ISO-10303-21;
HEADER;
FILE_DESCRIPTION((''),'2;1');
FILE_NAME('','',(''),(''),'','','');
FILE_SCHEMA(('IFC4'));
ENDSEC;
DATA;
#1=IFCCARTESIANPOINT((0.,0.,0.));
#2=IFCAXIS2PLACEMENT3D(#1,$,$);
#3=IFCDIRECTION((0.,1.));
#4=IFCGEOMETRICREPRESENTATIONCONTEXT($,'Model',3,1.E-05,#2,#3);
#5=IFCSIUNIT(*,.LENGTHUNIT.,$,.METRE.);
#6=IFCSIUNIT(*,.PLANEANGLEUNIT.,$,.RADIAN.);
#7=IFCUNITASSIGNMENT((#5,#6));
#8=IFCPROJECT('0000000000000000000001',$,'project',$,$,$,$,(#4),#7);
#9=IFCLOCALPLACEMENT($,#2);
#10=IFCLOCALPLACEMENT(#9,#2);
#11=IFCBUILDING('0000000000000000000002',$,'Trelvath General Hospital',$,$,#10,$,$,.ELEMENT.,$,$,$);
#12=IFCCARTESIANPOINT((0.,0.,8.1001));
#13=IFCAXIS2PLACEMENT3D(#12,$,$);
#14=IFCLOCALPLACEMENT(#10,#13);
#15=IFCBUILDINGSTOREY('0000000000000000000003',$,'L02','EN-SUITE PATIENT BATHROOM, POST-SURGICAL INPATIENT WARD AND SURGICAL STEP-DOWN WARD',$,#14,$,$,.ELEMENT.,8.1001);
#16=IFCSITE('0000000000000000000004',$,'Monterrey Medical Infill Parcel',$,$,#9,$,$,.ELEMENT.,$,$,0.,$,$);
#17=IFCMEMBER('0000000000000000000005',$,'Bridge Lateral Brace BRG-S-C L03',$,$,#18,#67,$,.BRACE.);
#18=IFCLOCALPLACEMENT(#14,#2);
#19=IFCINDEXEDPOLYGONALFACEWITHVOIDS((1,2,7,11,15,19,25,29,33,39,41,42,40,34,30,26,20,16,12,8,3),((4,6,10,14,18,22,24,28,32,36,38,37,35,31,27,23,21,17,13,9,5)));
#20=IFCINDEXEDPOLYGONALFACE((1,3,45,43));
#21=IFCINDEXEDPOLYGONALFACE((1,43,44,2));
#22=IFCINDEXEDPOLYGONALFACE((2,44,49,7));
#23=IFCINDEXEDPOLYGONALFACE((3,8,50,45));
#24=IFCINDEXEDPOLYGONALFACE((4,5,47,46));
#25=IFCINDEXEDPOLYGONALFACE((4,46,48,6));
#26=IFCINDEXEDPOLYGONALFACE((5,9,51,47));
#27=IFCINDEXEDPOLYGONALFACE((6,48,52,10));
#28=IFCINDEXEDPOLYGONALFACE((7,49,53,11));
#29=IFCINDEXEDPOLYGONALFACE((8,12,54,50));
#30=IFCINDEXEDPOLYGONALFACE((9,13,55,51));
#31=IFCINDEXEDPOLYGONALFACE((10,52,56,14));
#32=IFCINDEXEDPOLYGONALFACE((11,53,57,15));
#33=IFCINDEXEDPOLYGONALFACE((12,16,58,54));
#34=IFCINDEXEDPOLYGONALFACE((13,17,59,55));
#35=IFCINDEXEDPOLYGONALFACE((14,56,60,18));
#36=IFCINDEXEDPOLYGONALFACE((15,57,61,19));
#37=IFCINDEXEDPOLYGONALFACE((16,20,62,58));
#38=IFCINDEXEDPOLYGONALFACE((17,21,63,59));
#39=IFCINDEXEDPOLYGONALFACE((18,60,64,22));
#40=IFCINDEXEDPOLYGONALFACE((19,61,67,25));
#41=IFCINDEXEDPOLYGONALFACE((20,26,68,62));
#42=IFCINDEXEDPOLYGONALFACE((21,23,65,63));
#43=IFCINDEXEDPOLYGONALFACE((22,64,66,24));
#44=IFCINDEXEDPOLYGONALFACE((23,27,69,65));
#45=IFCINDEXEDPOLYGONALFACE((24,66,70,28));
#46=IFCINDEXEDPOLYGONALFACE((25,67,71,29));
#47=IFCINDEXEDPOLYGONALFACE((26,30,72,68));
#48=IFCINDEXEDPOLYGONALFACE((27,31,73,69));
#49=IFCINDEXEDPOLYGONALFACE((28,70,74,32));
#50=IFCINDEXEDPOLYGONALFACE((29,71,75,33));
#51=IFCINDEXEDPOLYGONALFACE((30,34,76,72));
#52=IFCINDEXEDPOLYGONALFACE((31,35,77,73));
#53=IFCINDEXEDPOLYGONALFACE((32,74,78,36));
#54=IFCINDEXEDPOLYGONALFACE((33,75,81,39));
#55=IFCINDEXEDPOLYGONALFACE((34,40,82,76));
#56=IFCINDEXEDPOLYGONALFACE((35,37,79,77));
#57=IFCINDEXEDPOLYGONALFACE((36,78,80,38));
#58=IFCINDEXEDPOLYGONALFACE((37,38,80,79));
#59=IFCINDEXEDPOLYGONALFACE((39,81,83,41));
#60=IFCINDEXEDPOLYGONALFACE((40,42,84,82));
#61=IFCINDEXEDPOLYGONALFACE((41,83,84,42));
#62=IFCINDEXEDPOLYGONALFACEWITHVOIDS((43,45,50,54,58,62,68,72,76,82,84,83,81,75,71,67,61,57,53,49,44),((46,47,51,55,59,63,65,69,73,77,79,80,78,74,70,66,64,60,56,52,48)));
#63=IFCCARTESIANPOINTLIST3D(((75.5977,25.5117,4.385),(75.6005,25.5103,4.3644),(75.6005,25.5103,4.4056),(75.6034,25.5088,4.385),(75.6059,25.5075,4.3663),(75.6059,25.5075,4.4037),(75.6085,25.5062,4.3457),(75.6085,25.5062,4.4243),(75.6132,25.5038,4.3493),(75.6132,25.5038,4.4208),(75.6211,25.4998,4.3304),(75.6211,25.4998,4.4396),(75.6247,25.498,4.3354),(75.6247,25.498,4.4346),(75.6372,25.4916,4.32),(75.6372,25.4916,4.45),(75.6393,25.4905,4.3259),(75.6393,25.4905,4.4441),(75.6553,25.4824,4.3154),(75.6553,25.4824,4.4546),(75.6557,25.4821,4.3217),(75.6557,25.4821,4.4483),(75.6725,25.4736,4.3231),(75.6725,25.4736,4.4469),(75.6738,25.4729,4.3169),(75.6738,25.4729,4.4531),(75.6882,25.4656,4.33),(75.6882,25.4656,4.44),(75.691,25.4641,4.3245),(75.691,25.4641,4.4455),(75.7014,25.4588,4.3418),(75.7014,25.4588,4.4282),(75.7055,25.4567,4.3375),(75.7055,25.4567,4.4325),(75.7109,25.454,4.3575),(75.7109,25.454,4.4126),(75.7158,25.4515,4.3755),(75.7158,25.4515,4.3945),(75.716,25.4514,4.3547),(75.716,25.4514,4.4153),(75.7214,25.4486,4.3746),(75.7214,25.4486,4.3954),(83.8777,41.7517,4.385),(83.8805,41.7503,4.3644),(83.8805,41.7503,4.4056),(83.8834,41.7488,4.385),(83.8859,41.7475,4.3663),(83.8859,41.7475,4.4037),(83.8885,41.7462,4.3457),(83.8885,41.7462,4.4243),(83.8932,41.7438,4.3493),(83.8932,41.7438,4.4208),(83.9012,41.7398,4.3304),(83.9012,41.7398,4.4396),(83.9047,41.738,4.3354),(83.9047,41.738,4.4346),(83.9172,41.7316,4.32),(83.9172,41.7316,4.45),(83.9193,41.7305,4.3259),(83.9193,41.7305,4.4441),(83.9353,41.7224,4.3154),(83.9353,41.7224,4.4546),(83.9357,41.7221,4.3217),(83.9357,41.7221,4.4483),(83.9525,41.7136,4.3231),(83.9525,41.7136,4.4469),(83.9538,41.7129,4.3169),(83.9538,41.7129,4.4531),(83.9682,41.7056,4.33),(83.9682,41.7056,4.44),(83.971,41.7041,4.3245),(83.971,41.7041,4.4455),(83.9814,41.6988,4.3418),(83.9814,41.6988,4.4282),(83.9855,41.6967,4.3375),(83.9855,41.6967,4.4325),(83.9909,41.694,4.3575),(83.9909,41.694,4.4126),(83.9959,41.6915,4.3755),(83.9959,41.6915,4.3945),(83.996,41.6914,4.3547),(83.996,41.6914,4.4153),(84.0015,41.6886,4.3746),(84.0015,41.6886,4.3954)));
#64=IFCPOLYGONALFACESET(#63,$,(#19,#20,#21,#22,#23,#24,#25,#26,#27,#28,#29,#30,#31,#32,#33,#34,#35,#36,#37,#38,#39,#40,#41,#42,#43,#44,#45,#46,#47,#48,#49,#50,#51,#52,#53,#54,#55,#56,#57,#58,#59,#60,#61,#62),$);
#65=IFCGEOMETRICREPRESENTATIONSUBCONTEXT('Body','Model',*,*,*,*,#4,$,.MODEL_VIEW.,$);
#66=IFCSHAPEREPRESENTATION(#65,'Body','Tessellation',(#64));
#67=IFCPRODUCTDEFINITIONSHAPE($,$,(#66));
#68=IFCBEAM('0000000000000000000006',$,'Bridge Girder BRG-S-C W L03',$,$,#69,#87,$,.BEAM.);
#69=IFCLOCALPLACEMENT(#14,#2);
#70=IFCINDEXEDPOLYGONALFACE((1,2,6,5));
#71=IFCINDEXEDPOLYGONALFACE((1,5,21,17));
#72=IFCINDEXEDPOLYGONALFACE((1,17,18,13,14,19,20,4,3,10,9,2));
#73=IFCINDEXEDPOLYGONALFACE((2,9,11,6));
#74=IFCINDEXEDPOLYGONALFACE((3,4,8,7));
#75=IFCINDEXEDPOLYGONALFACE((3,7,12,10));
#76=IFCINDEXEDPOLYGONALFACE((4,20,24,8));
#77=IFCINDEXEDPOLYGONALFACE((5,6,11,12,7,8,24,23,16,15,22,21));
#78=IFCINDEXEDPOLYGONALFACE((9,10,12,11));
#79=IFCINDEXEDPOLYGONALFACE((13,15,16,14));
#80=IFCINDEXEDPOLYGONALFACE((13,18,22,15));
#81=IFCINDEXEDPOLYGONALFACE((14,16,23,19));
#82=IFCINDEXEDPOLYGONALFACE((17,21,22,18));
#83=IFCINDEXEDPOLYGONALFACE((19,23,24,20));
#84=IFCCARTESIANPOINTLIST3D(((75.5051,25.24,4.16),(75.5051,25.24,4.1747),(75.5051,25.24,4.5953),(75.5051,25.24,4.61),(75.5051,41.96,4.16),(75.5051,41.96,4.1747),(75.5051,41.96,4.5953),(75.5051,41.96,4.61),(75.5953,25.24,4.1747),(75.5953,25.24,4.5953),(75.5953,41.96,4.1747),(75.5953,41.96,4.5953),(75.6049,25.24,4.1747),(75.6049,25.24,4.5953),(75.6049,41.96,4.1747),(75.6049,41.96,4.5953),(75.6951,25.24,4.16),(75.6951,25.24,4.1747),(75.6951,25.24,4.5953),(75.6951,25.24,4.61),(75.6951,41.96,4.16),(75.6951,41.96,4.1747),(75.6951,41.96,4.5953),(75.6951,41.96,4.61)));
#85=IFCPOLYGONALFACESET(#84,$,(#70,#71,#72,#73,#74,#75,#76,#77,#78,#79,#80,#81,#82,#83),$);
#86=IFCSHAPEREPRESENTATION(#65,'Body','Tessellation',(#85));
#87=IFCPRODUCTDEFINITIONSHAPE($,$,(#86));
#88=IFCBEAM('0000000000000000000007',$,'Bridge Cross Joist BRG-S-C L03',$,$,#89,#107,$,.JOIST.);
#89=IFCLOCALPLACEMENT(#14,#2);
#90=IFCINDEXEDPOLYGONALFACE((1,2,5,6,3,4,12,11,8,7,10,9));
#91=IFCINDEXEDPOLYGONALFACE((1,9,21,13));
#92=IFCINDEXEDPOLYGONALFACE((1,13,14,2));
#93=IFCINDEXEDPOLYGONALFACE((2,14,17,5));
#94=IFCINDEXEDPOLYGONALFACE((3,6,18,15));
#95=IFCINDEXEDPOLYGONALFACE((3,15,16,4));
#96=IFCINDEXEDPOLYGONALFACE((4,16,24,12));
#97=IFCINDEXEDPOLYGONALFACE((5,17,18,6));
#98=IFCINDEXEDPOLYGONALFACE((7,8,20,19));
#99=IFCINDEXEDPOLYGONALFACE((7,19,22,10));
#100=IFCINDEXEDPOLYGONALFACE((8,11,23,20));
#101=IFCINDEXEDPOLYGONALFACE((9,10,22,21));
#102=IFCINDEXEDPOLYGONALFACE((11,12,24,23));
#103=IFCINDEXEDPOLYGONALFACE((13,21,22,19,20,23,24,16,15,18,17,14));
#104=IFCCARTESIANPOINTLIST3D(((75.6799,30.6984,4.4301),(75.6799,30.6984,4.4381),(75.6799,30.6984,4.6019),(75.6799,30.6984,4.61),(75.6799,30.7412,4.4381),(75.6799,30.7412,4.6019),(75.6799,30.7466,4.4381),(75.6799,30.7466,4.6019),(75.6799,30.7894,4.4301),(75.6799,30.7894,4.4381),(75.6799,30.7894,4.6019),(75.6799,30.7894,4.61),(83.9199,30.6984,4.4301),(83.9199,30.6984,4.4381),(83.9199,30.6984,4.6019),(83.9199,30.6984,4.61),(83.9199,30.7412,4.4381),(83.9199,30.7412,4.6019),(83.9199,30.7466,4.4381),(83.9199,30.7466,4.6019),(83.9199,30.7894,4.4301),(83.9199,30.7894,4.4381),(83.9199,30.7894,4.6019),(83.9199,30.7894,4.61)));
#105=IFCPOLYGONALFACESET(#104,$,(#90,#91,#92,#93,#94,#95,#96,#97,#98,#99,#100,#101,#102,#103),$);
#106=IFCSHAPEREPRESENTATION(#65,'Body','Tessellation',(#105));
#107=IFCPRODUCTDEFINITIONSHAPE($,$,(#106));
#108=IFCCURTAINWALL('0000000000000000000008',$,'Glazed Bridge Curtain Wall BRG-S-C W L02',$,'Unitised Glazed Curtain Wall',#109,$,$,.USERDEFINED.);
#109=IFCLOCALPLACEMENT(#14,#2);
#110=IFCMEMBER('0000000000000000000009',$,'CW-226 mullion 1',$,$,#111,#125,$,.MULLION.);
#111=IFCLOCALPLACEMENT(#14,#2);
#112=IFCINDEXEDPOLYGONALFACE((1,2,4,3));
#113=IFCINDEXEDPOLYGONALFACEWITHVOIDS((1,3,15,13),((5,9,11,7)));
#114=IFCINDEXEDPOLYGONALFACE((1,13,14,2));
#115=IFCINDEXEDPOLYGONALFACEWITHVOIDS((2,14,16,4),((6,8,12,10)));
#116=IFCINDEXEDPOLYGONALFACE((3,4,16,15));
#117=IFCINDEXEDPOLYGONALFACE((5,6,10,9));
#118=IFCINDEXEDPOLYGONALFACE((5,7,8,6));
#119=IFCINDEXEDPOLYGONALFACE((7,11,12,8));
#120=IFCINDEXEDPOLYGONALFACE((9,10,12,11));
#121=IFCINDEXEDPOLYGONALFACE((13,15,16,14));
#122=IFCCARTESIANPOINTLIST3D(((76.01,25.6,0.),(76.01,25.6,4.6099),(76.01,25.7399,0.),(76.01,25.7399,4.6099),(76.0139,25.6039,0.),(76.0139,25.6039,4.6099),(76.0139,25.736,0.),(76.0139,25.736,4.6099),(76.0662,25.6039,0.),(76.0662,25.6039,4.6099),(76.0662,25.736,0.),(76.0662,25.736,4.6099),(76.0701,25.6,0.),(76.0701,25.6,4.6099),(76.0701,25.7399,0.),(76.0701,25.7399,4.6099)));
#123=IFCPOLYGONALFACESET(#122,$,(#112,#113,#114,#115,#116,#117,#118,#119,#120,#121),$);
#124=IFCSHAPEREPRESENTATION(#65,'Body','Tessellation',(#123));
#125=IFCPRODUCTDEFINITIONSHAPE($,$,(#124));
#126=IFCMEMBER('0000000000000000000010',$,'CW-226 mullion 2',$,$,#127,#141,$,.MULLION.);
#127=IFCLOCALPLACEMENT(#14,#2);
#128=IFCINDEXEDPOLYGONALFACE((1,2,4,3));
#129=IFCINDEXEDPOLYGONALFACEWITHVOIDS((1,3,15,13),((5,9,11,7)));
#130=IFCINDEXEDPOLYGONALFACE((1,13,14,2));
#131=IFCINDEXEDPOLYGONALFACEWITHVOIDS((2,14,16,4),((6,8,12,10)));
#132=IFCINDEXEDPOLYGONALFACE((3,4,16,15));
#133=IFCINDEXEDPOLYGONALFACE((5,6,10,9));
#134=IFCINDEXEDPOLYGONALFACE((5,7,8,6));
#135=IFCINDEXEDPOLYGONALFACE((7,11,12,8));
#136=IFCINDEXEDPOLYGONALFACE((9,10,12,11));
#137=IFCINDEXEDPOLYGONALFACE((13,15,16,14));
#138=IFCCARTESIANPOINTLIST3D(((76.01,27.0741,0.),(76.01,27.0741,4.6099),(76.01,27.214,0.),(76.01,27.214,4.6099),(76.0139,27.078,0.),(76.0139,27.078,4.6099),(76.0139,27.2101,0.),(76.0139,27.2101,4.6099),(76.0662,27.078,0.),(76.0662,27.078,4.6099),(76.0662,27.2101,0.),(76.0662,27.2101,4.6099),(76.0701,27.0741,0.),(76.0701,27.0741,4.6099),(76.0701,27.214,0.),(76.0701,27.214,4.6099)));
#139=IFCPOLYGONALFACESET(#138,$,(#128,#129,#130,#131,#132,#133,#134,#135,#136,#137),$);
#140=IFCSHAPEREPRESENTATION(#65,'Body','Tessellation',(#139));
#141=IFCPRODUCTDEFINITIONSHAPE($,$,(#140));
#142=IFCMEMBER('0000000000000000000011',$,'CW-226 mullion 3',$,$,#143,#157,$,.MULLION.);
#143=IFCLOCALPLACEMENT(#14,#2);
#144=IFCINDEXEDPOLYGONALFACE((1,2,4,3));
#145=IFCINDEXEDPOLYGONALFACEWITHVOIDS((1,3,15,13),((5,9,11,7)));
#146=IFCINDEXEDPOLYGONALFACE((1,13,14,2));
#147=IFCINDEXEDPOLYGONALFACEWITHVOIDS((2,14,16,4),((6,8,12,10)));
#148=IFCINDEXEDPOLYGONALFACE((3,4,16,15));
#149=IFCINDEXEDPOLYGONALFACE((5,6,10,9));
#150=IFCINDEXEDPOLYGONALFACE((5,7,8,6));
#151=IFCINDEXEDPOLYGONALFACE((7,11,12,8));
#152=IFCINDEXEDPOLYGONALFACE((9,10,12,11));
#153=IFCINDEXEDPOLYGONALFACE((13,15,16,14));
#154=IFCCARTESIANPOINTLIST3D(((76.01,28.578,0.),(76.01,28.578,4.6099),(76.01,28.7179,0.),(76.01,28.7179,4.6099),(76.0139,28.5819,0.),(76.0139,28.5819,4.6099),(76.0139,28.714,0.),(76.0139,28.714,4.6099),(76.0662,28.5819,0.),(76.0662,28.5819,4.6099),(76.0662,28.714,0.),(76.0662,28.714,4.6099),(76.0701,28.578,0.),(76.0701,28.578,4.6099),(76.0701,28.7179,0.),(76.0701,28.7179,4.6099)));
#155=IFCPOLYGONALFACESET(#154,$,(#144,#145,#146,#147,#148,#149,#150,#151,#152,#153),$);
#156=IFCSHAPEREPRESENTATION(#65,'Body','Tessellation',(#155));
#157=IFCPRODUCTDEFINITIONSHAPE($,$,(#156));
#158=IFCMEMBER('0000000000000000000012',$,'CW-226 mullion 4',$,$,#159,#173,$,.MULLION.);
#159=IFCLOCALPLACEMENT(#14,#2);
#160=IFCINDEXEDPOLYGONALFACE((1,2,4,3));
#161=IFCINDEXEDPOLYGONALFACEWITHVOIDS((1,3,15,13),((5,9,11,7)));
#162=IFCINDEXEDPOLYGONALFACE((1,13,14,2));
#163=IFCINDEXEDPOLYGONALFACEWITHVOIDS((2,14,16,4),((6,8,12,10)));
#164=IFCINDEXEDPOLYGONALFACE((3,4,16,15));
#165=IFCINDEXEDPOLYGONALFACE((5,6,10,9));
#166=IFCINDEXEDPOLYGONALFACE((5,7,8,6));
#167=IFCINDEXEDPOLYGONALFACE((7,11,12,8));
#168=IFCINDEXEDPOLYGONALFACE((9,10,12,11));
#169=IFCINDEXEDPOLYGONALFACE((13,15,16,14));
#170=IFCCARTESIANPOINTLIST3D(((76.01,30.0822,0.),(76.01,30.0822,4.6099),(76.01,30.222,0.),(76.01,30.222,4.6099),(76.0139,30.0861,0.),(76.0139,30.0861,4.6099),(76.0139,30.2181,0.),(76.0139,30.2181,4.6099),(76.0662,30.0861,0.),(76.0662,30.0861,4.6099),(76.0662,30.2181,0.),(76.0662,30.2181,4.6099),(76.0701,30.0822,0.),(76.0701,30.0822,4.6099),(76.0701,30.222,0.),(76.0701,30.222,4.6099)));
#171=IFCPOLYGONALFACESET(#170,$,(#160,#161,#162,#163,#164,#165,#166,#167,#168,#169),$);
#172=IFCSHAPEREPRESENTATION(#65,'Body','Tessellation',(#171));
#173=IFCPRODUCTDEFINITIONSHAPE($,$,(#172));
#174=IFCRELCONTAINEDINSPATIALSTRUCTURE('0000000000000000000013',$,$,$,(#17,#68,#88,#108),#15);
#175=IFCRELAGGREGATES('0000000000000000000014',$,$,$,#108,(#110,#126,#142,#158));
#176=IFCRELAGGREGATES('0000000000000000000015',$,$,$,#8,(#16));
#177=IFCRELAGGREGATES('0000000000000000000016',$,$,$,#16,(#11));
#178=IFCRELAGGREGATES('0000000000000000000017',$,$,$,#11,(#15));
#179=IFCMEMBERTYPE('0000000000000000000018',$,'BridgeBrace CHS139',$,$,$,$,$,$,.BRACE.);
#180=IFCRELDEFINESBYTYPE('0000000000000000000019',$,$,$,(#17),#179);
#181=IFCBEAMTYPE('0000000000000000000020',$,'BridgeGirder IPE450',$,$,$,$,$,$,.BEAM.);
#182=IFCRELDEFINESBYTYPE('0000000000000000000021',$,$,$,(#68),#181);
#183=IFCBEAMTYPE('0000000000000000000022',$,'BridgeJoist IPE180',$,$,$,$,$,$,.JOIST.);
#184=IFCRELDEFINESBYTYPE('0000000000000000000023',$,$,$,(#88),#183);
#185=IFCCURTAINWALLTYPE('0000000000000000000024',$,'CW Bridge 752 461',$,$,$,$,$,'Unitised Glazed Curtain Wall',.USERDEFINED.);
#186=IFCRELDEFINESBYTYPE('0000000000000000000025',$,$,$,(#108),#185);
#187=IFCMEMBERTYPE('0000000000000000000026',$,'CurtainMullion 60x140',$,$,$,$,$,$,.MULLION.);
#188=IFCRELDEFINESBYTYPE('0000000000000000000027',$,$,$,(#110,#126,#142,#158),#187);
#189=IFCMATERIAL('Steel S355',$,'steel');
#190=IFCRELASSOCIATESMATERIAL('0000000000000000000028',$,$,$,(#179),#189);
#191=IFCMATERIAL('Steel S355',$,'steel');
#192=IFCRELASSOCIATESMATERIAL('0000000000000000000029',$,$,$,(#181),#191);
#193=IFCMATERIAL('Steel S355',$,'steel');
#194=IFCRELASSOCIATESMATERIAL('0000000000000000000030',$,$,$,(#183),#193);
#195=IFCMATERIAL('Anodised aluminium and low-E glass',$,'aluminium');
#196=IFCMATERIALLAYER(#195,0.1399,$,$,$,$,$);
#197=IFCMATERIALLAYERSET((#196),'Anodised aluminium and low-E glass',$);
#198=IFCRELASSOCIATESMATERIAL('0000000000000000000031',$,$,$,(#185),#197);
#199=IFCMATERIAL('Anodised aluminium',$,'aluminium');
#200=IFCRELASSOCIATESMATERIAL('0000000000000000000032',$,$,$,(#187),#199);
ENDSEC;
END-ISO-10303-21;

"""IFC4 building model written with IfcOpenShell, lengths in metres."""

from ifc_helpers import new_model, si_unit, direction, frame, origin, origin_2d, place, context, subcontext, project, spatial, hollow_rectangle, hollow_circle, i_section, extrude, material, layer, layer_set, material_profile, profile_set, type_object, element, aggregate, save


model = new_model("IFC4")

# Units and contexts
model_context = context("Model", 3, precision=1e-05, world=origin(), true_north=direction((0.0, 1.0)))
body_context = subcontext(model_context, "Body", "Model", "MODEL_VIEW")
ifc_project = project(units=[si_unit("LENGTHUNIT", "METRE"), si_unit("PLANEANGLEUNIT", "RADIAN")], contexts=[model_context])

# Site, building, storey
site_placement = place(None, origin())
site = spatial("IfcSite", under=ifc_project, at=site_placement, Name="Monterrey Medical Infill Parcel", CompositionType="ELEMENT", RefElevation=0.0)
building_placement = place(site_placement, origin())
building = spatial("IfcBuilding", under=site, at=building_placement, Name="Trelvath General Hospital", CompositionType="ELEMENT")
storey_placement = place(building_placement, frame((0.0, 0.0, 8.1001)))
storey = spatial("IfcBuildingStorey", under=building, at=storey_placement, Name="L02", Description="EN-SUITE PATIENT BATHROOM, POST-SURGICAL INPATIENT WARD AND SURGICAL STEP-DOWN WARD", CompositionType="ELEMENT", Elevation=8.1001)

# Member
ifc_material_1 = material(Name="Steel S355", Category="steel")
ifc_material_profile_1 = material_profile(ifc_material_1, hollow_circle(Radius=0.0698, WallThickness=0.0063, at=origin_2d()), Name="CHS139.7x6.3")
ifc_profile_set_1 = profile_set([ifc_material_profile_1], Name="Steel S355")
member_type_1 = type_object("IfcMemberType", Name="BridgeBrace CHS139", PredefinedType="BRACE", material=ifc_profile_set_1)
member_1_placement = place(storey_placement, frame((75.6599, 25.48, 4.385), z_axis=(0.454223, 0.890888, 0.0), x_axis=(-0.890888, 0.454223, 0.0)))
element("IfcMember", 1, at=member_1_placement, inside=storey, type_object=member_type_1, Name="Bridge Lateral Brace BRG-S-C L03", PredefinedType="BRACE", context=body_context, shape_type="SweptSolid", body=[
    extrude(hollow_circle(Radius=0.0698, WallThickness=0.0063, at=origin_2d()), origin(), (0.0, 0.0, 1.0), 18.229),
])

# Beams
ifc_material_2 = material(Name="Steel S355", Category="steel")
ifc_material_profile_2 = material_profile(ifc_material_2, i_section(OverallWidth=0.1899, OverallDepth=0.45, WebThickness=0.0095, FlangeThickness=0.0146, at=origin_2d()), Name="IPE450")
ifc_profile_set_2 = profile_set([ifc_material_profile_2], Name="Steel S355")
beam_type_1 = type_object("IfcBeamType", Name="BridgeGirder IPE450", PredefinedType="BEAM", material=ifc_profile_set_2)
beam_1_placement = place(storey_placement, frame((75.6001, 25.24, 4.385), z_axis=(0.0, 1.0, 0.0), x_axis=(-1.0, 0.0, 0.0)))
element("IfcBeam", 2, at=beam_1_placement, inside=storey, type_object=beam_type_1, Name="Bridge Girder BRG-S-C W L03", PredefinedType="BEAM", context=body_context, shape_type="SweptSolid", body=[
    extrude(i_section(OverallWidth=0.1899, OverallDepth=0.45, WebThickness=0.0095, FlangeThickness=0.0146, at=origin_2d()), origin(), (0.0, 0.0, 1.0), 16.72),
])
ifc_material_3 = material(Name="Steel S355", Category="steel")
ifc_material_profile_3 = material_profile(ifc_material_3, i_section(OverallWidth=0.0911, OverallDepth=0.1799, WebThickness=0.0054, FlangeThickness=0.0081, at=origin_2d()), Name="IPE180")
ifc_profile_set_3 = profile_set([ifc_material_profile_3], Name="Steel S355")
beam_type_2 = type_object("IfcBeamType", Name="BridgeJoist IPE180", PredefinedType="JOIST", material=ifc_profile_set_3)
beam_2_placement = place(storey_placement, frame((75.6799, 30.7439, 4.52), z_axis=(1.0, 0.0, 0.0), x_axis=(0.0, 1.0, 0.0)))
element("IfcBeam", 3, at=beam_2_placement, inside=storey, type_object=beam_type_2, Name="Bridge Cross Joist BRG-S-C L03", PredefinedType="JOIST", context=body_context, shape_type="SweptSolid", body=[
    extrude(i_section(OverallWidth=0.0911, OverallDepth=0.1799, WebThickness=0.0054, FlangeThickness=0.0081, at=origin_2d()), origin(), (0.0, 0.0, 1.0), 8.24),
])

# Curtain wall, members
ifc_material_4 = material(Name="Anodised aluminium and low-E glass", Category="aluminium")
ifc_layer_1 = layer(ifc_material_4, 0.1399)
ifc_layer_set_1 = layer_set([ifc_layer_1], Name="Anodised aluminium and low-E glass")
curtain_wall_type = type_object("IfcCurtainWallType", Name="CW Bridge 752 461", ElementType="Unitised Glazed Curtain Wall", PredefinedType="USERDEFINED", material=ifc_layer_set_1)
curtain_wall_placement = place(storey_placement, origin())
curtain_wall = element("IfcCurtainWall", 4, at=curtain_wall_placement, inside=storey, type_object=curtain_wall_type, Name="Glazed Bridge Curtain Wall BRG-S-C W L02", ObjectType="Unitised Glazed Curtain Wall", PredefinedType="USERDEFINED")
ifc_material_5 = material(Name="Anodised aluminium", Category="aluminium")
ifc_material_profile_4 = material_profile(ifc_material_5, hollow_rectangle(XDim=0.0601, YDim=0.1399, WallThickness=0.0039, at=origin_2d()), Name="RHS60x140x4")
ifc_profile_set_4 = profile_set([ifc_material_profile_4], Name="Anodised aluminium")
member_type_2 = type_object("IfcMemberType", Name="CurtainMullion 60x140", PredefinedType="MULLION", material=ifc_profile_set_4)
member_2_placement = place(storey_placement, frame((76.04, 25.6699, 0.0), z_axis=(0.0, 0.0, 1.0), x_axis=(-1.0, 0.0, 0.0)))
member_2 = element("IfcMember", 5, at=member_2_placement, type_object=member_type_2, Name="CW-226 mullion 1", PredefinedType="MULLION", context=body_context, shape_type="SweptSolid", body=[
    extrude(hollow_rectangle(XDim=0.0601, YDim=0.1399, WallThickness=0.0039, at=origin_2d()), origin(), (0.0, 0.0, 1.0), 4.6099),
])
member_3_placement = place(storey_placement, frame((76.04, 27.144, 0.0), z_axis=(0.0, 0.0, 1.0), x_axis=(-1.0, 0.0, 0.0)))
member_3 = element("IfcMember", 6, at=member_3_placement, type_object=member_type_2, Name="CW-226 mullion 2", PredefinedType="MULLION", context=body_context, shape_type="SweptSolid", body=[
    extrude(hollow_rectangle(XDim=0.0601, YDim=0.1399, WallThickness=0.0039, at=origin_2d()), origin(), (0.0, 0.0, 1.0), 4.6099),
])
member_4_placement = place(storey_placement, frame((76.04, 28.6479, 0.0), z_axis=(0.0, 0.0, 1.0), x_axis=(-1.0, 0.0, 0.0)))
member_4 = element("IfcMember", 7, at=member_4_placement, type_object=member_type_2, Name="CW-226 mullion 3", PredefinedType="MULLION", context=body_context, shape_type="SweptSolid", body=[
    extrude(hollow_rectangle(XDim=0.0601, YDim=0.1399, WallThickness=0.0039, at=origin_2d()), origin(), (0.0, 0.0, 1.0), 4.6099),
])
member_5_placement = place(storey_placement, frame((76.04, 30.1521, 0.0), z_axis=(0.0, 0.0, 1.0), x_axis=(-1.0, 0.0, 0.0)))
member_5 = element("IfcMember", 8, at=member_5_placement, type_object=member_type_2, Name="CW-226 mullion 4", PredefinedType="MULLION", context=body_context, shape_type="SweptSolid", body=[
    extrude(hollow_rectangle(XDim=0.0601, YDim=0.1399, WallThickness=0.0039, at=origin_2d()), origin(), (0.0, 0.0, 1.0), 4.6099),
])

aggregate(curtain_wall, [member_2, member_3, member_4, member_5])

save(model, "model.ifc")
